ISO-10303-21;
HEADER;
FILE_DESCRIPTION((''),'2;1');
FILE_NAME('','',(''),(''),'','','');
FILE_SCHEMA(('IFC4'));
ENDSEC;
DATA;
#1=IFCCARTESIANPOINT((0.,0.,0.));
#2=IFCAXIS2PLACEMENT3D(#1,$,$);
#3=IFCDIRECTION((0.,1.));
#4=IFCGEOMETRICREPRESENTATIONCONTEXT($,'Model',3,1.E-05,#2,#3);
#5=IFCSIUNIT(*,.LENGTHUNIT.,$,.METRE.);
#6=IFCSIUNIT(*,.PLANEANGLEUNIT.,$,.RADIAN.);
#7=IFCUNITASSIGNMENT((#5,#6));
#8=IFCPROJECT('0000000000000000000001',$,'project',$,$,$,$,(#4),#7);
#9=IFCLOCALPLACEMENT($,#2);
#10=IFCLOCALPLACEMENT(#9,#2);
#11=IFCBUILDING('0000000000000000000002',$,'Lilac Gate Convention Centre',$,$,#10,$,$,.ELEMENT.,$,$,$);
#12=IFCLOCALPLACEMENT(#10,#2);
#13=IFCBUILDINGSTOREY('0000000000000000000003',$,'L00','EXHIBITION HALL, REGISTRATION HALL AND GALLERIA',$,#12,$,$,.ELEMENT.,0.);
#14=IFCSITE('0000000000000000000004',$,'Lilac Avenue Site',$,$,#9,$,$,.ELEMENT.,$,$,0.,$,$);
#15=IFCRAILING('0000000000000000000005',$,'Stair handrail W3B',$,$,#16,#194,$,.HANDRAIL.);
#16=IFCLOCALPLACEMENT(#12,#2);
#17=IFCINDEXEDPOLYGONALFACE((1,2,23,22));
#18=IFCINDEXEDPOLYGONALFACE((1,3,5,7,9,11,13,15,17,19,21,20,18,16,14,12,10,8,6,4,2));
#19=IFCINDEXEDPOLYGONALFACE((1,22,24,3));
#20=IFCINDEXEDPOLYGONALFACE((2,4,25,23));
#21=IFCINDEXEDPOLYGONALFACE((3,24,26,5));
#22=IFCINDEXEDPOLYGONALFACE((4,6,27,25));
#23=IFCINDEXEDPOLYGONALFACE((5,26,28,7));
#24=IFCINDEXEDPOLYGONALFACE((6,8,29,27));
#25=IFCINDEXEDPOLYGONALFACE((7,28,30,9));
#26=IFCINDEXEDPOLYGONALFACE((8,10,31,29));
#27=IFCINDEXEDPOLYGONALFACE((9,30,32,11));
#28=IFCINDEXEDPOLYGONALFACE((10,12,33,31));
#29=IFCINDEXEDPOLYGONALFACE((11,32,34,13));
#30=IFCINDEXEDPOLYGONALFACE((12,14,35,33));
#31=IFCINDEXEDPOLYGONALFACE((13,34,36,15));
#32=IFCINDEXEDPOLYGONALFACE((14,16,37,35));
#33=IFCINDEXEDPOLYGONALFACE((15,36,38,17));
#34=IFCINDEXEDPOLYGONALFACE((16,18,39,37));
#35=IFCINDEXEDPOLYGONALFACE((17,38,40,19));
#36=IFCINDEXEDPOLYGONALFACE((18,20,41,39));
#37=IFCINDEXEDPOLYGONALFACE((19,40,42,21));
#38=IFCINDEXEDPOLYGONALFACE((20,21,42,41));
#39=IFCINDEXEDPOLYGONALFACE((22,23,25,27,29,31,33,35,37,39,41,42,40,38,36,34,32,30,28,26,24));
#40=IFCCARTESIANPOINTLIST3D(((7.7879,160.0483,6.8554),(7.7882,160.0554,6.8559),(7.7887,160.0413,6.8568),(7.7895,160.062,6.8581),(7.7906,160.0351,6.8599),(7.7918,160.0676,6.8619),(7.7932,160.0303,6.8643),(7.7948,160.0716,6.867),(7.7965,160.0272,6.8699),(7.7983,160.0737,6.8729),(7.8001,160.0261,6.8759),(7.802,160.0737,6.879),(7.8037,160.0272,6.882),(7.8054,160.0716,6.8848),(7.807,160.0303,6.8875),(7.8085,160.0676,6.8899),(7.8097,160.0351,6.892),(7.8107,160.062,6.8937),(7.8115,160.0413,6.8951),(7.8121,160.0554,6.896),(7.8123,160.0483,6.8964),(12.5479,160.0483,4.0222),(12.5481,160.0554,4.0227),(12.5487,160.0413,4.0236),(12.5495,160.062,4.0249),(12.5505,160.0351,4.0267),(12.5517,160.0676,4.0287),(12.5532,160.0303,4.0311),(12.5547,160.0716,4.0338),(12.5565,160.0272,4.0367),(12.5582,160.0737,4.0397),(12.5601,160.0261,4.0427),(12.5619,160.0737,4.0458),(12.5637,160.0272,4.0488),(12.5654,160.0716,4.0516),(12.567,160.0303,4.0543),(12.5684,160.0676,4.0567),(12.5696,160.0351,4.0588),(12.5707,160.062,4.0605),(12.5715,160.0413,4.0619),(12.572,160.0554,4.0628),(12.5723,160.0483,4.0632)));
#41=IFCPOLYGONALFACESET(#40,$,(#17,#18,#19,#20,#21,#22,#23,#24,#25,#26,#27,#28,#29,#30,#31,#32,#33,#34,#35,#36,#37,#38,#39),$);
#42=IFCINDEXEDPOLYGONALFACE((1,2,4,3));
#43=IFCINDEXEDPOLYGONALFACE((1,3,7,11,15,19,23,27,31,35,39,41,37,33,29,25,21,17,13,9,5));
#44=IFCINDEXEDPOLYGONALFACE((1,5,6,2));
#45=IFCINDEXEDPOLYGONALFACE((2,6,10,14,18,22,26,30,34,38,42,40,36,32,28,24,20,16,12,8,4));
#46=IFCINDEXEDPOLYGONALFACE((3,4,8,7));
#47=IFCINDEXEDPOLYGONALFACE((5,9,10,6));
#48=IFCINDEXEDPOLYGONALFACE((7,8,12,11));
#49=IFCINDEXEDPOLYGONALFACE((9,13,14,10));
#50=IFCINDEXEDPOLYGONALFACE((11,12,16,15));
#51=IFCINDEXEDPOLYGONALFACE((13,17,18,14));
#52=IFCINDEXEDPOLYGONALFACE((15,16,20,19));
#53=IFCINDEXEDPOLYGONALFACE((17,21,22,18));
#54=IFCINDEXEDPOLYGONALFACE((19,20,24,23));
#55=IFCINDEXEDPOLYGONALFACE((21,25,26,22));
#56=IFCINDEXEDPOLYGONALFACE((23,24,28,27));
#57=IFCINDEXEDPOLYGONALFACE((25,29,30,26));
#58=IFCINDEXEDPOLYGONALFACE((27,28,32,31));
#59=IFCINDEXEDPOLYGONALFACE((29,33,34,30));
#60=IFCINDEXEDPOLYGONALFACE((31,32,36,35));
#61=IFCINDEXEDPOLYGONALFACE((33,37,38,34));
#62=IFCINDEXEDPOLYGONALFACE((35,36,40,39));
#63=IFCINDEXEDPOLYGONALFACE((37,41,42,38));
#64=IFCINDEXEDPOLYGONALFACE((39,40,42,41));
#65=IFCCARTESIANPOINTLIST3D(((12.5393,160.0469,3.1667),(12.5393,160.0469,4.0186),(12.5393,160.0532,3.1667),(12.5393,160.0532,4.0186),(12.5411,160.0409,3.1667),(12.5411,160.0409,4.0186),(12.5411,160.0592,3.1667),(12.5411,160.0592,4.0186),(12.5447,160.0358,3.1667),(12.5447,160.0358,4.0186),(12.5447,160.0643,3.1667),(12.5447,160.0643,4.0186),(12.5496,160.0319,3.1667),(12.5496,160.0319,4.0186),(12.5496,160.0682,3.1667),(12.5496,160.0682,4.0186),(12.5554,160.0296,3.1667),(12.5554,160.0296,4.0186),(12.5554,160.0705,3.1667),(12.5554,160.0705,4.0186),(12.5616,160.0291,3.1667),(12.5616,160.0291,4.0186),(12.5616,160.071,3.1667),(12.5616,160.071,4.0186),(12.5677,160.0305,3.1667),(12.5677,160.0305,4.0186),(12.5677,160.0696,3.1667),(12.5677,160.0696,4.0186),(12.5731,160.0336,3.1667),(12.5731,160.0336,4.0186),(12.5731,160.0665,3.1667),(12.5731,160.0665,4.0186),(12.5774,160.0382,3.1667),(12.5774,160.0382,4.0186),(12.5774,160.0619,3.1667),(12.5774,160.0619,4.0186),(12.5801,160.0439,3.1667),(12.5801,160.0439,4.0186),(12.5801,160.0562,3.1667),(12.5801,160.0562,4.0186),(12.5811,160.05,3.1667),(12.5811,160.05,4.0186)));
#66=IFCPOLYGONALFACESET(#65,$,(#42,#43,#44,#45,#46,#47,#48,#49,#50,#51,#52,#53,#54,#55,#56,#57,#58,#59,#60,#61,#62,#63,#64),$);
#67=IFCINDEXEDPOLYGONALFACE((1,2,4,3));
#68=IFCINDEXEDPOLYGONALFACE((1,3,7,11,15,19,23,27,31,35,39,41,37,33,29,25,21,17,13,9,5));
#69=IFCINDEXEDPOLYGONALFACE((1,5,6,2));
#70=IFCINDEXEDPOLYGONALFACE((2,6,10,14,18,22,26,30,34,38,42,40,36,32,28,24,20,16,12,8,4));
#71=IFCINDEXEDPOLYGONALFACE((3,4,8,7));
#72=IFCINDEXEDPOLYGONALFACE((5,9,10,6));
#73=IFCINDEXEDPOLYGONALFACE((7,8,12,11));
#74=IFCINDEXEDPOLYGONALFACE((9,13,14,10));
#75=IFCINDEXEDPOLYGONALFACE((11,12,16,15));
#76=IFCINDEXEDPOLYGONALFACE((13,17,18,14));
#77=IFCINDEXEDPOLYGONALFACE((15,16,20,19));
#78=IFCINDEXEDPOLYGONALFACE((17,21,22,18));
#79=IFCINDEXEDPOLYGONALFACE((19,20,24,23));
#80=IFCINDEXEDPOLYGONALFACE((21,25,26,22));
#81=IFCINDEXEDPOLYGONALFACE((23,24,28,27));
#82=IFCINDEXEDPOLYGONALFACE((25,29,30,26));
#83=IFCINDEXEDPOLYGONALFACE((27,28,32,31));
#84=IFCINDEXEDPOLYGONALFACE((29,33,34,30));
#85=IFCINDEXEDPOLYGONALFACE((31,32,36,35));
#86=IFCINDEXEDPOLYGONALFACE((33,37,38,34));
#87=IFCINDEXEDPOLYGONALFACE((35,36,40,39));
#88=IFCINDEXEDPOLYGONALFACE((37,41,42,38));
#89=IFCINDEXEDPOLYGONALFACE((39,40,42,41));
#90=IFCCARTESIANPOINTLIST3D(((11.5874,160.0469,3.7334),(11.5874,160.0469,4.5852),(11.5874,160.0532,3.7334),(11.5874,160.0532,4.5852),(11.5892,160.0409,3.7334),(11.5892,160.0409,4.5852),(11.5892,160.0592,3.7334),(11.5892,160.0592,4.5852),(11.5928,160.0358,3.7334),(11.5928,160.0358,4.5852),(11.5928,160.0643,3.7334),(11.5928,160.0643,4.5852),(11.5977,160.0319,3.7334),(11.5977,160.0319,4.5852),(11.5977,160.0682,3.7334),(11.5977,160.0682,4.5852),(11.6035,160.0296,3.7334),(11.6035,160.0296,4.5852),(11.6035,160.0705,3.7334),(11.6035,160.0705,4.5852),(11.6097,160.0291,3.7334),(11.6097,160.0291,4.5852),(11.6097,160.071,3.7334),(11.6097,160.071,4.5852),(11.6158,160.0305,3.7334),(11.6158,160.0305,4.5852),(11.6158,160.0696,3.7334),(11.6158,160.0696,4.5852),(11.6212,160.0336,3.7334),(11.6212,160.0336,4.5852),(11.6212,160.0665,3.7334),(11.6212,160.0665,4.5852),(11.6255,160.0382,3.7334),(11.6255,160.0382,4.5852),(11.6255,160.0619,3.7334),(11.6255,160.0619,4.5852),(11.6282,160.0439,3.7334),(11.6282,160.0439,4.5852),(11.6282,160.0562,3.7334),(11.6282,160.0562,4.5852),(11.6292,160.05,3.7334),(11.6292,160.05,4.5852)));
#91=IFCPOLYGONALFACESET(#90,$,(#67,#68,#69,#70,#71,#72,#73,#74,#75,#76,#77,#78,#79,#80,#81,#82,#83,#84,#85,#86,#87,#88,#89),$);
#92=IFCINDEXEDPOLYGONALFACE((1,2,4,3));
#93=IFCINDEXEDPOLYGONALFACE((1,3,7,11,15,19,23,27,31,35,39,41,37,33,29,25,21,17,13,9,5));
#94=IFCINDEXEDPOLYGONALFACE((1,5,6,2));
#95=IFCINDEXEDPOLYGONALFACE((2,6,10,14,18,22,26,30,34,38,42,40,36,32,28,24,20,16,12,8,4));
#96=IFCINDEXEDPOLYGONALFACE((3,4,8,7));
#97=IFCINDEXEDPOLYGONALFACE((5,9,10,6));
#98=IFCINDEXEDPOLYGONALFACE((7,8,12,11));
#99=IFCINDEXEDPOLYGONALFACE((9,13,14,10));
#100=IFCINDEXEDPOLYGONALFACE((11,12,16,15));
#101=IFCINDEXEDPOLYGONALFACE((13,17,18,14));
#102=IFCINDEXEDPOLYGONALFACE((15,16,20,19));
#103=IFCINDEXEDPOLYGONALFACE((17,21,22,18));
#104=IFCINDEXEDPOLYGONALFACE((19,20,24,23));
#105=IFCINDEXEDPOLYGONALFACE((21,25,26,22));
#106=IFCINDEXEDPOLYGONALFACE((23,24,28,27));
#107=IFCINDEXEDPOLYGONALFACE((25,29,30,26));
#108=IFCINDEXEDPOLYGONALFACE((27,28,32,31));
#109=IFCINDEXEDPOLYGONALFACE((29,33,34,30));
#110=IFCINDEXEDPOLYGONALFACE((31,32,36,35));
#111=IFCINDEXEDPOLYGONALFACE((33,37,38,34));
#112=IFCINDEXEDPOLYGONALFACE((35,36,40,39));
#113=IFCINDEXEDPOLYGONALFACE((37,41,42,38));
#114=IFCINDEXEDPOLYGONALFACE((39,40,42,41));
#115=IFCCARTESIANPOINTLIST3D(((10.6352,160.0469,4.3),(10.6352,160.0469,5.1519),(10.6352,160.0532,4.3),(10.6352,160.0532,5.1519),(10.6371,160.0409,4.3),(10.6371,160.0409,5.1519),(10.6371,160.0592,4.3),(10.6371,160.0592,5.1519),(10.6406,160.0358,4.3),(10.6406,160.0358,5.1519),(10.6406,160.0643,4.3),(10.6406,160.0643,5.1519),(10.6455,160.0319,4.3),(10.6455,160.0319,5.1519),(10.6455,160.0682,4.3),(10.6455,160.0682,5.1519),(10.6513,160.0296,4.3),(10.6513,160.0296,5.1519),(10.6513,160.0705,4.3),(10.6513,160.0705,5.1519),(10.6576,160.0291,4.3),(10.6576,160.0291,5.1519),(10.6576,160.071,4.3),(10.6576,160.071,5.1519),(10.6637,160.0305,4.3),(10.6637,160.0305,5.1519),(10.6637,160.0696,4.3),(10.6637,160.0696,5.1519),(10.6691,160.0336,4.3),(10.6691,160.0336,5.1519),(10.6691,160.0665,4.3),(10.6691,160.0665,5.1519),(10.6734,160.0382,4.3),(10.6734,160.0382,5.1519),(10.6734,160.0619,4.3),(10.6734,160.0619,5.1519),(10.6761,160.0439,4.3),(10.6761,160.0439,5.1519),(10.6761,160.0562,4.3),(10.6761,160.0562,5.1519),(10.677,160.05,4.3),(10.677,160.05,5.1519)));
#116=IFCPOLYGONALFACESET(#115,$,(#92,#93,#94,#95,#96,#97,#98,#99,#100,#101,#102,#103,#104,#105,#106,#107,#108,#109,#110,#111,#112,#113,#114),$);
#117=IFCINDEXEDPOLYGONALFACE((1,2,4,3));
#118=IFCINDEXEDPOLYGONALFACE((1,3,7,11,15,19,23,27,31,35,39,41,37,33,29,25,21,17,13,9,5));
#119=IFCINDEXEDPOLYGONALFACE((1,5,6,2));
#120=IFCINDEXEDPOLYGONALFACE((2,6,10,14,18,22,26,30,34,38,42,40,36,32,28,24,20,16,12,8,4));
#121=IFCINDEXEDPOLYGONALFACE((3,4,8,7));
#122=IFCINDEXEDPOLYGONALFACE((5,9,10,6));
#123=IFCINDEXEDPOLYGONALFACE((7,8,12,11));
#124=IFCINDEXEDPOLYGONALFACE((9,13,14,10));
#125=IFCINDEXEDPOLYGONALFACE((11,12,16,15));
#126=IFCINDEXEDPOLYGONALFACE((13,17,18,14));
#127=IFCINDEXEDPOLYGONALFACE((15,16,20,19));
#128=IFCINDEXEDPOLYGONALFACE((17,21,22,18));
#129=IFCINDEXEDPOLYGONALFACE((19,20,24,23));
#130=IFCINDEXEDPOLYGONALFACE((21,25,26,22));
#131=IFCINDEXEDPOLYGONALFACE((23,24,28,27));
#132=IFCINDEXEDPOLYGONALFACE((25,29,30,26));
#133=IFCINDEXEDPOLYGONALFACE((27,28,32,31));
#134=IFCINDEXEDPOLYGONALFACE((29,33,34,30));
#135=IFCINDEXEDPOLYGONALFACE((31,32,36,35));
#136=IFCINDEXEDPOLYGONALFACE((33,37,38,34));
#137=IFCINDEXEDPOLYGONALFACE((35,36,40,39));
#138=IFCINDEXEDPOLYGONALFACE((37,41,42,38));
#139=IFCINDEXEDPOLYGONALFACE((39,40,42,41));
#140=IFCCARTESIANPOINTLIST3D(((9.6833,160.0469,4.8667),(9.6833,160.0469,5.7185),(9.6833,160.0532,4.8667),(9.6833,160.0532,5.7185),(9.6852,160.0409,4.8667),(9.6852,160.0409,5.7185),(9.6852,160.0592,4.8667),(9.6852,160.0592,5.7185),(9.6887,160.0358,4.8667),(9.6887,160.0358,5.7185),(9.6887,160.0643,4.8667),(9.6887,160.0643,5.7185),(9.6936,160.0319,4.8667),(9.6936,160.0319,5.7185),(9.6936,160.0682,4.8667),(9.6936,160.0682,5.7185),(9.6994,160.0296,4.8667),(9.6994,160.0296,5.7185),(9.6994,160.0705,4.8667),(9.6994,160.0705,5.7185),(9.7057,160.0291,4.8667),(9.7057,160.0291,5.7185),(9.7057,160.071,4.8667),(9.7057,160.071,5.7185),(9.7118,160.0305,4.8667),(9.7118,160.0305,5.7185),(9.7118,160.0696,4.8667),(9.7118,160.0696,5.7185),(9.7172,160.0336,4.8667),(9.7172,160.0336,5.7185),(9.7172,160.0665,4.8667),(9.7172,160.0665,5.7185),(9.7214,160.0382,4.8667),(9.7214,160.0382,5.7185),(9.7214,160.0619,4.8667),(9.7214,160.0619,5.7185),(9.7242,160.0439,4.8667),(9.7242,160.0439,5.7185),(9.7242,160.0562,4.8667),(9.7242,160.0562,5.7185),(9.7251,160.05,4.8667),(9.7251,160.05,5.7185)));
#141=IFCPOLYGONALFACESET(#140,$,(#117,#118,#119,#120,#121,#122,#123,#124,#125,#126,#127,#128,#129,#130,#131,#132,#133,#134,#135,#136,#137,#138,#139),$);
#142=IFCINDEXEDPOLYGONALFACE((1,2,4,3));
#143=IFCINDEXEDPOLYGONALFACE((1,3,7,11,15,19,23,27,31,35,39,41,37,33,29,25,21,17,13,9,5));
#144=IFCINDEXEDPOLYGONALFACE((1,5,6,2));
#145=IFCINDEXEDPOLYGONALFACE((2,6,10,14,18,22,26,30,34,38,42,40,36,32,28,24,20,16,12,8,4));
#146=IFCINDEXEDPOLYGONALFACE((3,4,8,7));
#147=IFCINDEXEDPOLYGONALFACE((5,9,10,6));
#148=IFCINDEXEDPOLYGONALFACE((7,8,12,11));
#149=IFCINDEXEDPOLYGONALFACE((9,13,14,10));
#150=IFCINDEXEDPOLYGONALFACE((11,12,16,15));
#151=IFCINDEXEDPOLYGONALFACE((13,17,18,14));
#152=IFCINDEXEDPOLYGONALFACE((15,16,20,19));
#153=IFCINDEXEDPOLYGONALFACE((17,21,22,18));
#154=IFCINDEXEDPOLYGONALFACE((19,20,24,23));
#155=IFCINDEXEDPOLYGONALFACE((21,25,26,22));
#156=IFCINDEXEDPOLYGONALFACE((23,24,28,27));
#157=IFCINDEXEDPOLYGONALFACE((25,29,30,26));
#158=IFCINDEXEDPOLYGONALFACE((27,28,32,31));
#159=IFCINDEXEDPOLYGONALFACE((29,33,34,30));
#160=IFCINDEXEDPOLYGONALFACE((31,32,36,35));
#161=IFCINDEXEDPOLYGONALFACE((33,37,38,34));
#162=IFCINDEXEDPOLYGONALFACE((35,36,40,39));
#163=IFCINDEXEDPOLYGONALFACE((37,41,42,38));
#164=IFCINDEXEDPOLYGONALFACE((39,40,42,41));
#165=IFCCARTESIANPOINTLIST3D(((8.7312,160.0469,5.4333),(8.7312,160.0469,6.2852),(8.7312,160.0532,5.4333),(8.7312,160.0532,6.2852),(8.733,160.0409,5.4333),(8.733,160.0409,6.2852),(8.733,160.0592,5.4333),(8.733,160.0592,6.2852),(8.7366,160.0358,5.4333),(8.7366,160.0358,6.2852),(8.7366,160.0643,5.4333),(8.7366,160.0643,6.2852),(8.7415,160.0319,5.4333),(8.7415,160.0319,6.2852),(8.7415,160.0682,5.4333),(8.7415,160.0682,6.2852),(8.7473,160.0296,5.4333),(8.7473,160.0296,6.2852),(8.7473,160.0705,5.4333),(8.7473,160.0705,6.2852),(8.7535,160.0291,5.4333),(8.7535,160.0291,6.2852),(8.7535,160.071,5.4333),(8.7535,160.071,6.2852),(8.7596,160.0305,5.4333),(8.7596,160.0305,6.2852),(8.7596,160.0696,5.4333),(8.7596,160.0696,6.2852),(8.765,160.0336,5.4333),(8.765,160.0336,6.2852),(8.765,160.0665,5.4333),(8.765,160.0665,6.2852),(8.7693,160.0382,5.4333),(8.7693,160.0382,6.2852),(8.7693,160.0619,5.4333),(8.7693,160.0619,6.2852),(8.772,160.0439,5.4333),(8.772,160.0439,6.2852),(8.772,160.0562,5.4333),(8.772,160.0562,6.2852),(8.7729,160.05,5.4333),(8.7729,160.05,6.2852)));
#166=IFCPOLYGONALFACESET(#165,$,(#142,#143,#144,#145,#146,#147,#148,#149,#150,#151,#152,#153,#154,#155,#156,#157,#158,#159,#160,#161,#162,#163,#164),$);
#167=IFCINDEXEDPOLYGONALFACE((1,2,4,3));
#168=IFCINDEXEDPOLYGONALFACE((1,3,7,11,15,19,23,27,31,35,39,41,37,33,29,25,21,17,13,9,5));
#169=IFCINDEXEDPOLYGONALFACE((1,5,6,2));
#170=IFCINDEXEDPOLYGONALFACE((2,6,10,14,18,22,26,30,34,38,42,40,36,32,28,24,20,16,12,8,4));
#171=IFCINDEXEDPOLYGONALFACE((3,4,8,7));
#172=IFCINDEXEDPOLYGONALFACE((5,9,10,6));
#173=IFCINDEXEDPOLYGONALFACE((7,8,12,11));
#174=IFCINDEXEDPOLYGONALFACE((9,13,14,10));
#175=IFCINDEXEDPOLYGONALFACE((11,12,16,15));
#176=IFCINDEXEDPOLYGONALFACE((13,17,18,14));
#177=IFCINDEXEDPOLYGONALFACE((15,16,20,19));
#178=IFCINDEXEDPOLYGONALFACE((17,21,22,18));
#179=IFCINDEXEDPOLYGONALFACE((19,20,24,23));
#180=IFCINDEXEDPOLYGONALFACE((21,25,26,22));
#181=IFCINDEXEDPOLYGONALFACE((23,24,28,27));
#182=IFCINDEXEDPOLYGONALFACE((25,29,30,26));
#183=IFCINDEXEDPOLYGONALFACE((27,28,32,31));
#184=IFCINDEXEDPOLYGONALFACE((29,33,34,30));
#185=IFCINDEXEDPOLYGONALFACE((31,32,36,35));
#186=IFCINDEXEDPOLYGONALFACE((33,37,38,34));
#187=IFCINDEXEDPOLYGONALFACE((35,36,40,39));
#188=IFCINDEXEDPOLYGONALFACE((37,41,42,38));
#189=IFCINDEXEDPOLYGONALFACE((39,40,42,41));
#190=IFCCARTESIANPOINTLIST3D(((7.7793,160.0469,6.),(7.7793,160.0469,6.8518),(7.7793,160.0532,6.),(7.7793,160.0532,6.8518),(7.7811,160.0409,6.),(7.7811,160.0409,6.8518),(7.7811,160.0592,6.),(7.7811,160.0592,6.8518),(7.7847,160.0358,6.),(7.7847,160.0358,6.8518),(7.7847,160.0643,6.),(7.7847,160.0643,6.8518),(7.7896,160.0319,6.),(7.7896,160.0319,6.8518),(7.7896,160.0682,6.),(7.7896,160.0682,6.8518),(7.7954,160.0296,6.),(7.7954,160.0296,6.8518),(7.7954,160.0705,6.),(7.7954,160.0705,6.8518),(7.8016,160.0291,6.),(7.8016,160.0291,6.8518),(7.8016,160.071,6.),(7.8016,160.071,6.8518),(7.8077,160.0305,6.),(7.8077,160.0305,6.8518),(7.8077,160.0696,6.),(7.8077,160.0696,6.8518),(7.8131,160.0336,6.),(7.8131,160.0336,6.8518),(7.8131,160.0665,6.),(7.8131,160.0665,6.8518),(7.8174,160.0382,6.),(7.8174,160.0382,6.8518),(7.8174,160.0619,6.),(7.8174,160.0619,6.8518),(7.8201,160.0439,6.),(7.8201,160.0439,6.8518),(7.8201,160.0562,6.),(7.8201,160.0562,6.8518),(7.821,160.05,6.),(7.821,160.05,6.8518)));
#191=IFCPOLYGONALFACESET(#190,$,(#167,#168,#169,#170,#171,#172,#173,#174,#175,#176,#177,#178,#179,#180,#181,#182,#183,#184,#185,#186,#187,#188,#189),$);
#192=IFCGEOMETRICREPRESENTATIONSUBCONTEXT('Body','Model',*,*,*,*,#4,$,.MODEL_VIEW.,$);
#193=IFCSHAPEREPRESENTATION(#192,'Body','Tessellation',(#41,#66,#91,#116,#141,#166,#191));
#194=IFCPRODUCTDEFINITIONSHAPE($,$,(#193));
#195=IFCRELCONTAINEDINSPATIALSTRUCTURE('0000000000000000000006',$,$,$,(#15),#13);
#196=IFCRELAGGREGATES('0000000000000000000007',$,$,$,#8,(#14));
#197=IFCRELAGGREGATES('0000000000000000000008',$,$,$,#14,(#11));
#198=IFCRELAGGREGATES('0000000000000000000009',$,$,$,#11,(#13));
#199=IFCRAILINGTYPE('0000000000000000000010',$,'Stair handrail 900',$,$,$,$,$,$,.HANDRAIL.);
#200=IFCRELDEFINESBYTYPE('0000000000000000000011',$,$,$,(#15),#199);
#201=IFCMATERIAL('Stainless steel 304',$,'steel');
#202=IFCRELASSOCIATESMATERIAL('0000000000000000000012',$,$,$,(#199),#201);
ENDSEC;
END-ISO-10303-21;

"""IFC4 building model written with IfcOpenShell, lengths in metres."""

from ifc_helpers import new_model, si_unit, direction, frame, origin, origin_2d, place, context, subcontext, project, spatial, circle, extrude, material, type_object, element, save


model = new_model("IFC4")

# Units and contexts
model_context = context("Model", 3, precision=1e-05, world=origin(), true_north=direction((0.0, 1.0)))
body_context = subcontext(model_context, "Body", "Model", "MODEL_VIEW")
ifc_project = project(units=[si_unit("LENGTHUNIT", "METRE"), si_unit("PLANEANGLEUNIT", "RADIAN")], contexts=[model_context])

# Site, building, storey
site_placement = place(None, origin())
site = spatial("IfcSite", under=ifc_project, at=site_placement, Name="Lilac Avenue Site", CompositionType="ELEMENT", RefElevation=0.0)
building_placement = place(site_placement, origin())
building = spatial("IfcBuilding", under=site, at=building_placement, Name="Lilac Gate Convention Centre", CompositionType="ELEMENT")
storey_placement = place(building_placement, origin())
storey = spatial("IfcBuildingStorey", under=building, at=storey_placement, Name="L00", Description="EXHIBITION HALL, REGISTRATION HALL AND GALLERIA", CompositionType="ELEMENT", Elevation=0.0)

# Shared definitions
ifc_material_1 = material(Name="Stainless steel 304", Category="steel")

# Railing
railing_type = type_object("IfcRailingType", Name="Stair handrail 900", PredefinedType="HANDRAIL", material=ifc_material_1)
for number, where, name in (
    (1, (12.5601, 160.05, 3.1667), "Stair handrail W3B"),
):
    element("IfcRailing", number, at=place(storey_placement, frame(where)), inside=storey, type_object=railing_type, Name=name, PredefinedType="HANDRAIL", context=body_context, shape_type="SweptSolid", body=[
        extrude(circle(Radius=0.0239, at=origin_2d()), frame((0.0, 0.0, 0.876), z_axis=(-0.8593, 0.0, 0.511472), x_axis=(0.0, -1.0, 0.0)), (0.0, 0.0, 1.0), 5.5393),
        extrude(circle(Radius=0.021, at=origin_2d()), origin(), (0.0, 0.0, 1.0), 0.8518),
        extrude(circle(Radius=0.021, at=origin_2d()), frame((-0.9519, 0.0, 0.5667)), (0.0, 0.0, 1.0), 0.8518),
        extrude(circle(Radius=0.021, at=origin_2d()), frame((-1.9041, 0.0, 1.1333)), (0.0, 0.0, 1.0), 0.8518),
        extrude(circle(Radius=0.021, at=origin_2d()), frame((-2.856, 0.0, 1.7)), (0.0, 0.0, 1.0), 0.8518),
        extrude(circle(Radius=0.021, at=origin_2d()), frame((-3.8081, 0.0, 2.2666)), (0.0, 0.0, 1.0), 0.8518),
        extrude(circle(Radius=0.021, at=origin_2d()), frame((-4.76, 0.0, 2.8333)), (0.0, 0.0, 1.0), 0.8518),
    ])

save(model, "model.ifc")
